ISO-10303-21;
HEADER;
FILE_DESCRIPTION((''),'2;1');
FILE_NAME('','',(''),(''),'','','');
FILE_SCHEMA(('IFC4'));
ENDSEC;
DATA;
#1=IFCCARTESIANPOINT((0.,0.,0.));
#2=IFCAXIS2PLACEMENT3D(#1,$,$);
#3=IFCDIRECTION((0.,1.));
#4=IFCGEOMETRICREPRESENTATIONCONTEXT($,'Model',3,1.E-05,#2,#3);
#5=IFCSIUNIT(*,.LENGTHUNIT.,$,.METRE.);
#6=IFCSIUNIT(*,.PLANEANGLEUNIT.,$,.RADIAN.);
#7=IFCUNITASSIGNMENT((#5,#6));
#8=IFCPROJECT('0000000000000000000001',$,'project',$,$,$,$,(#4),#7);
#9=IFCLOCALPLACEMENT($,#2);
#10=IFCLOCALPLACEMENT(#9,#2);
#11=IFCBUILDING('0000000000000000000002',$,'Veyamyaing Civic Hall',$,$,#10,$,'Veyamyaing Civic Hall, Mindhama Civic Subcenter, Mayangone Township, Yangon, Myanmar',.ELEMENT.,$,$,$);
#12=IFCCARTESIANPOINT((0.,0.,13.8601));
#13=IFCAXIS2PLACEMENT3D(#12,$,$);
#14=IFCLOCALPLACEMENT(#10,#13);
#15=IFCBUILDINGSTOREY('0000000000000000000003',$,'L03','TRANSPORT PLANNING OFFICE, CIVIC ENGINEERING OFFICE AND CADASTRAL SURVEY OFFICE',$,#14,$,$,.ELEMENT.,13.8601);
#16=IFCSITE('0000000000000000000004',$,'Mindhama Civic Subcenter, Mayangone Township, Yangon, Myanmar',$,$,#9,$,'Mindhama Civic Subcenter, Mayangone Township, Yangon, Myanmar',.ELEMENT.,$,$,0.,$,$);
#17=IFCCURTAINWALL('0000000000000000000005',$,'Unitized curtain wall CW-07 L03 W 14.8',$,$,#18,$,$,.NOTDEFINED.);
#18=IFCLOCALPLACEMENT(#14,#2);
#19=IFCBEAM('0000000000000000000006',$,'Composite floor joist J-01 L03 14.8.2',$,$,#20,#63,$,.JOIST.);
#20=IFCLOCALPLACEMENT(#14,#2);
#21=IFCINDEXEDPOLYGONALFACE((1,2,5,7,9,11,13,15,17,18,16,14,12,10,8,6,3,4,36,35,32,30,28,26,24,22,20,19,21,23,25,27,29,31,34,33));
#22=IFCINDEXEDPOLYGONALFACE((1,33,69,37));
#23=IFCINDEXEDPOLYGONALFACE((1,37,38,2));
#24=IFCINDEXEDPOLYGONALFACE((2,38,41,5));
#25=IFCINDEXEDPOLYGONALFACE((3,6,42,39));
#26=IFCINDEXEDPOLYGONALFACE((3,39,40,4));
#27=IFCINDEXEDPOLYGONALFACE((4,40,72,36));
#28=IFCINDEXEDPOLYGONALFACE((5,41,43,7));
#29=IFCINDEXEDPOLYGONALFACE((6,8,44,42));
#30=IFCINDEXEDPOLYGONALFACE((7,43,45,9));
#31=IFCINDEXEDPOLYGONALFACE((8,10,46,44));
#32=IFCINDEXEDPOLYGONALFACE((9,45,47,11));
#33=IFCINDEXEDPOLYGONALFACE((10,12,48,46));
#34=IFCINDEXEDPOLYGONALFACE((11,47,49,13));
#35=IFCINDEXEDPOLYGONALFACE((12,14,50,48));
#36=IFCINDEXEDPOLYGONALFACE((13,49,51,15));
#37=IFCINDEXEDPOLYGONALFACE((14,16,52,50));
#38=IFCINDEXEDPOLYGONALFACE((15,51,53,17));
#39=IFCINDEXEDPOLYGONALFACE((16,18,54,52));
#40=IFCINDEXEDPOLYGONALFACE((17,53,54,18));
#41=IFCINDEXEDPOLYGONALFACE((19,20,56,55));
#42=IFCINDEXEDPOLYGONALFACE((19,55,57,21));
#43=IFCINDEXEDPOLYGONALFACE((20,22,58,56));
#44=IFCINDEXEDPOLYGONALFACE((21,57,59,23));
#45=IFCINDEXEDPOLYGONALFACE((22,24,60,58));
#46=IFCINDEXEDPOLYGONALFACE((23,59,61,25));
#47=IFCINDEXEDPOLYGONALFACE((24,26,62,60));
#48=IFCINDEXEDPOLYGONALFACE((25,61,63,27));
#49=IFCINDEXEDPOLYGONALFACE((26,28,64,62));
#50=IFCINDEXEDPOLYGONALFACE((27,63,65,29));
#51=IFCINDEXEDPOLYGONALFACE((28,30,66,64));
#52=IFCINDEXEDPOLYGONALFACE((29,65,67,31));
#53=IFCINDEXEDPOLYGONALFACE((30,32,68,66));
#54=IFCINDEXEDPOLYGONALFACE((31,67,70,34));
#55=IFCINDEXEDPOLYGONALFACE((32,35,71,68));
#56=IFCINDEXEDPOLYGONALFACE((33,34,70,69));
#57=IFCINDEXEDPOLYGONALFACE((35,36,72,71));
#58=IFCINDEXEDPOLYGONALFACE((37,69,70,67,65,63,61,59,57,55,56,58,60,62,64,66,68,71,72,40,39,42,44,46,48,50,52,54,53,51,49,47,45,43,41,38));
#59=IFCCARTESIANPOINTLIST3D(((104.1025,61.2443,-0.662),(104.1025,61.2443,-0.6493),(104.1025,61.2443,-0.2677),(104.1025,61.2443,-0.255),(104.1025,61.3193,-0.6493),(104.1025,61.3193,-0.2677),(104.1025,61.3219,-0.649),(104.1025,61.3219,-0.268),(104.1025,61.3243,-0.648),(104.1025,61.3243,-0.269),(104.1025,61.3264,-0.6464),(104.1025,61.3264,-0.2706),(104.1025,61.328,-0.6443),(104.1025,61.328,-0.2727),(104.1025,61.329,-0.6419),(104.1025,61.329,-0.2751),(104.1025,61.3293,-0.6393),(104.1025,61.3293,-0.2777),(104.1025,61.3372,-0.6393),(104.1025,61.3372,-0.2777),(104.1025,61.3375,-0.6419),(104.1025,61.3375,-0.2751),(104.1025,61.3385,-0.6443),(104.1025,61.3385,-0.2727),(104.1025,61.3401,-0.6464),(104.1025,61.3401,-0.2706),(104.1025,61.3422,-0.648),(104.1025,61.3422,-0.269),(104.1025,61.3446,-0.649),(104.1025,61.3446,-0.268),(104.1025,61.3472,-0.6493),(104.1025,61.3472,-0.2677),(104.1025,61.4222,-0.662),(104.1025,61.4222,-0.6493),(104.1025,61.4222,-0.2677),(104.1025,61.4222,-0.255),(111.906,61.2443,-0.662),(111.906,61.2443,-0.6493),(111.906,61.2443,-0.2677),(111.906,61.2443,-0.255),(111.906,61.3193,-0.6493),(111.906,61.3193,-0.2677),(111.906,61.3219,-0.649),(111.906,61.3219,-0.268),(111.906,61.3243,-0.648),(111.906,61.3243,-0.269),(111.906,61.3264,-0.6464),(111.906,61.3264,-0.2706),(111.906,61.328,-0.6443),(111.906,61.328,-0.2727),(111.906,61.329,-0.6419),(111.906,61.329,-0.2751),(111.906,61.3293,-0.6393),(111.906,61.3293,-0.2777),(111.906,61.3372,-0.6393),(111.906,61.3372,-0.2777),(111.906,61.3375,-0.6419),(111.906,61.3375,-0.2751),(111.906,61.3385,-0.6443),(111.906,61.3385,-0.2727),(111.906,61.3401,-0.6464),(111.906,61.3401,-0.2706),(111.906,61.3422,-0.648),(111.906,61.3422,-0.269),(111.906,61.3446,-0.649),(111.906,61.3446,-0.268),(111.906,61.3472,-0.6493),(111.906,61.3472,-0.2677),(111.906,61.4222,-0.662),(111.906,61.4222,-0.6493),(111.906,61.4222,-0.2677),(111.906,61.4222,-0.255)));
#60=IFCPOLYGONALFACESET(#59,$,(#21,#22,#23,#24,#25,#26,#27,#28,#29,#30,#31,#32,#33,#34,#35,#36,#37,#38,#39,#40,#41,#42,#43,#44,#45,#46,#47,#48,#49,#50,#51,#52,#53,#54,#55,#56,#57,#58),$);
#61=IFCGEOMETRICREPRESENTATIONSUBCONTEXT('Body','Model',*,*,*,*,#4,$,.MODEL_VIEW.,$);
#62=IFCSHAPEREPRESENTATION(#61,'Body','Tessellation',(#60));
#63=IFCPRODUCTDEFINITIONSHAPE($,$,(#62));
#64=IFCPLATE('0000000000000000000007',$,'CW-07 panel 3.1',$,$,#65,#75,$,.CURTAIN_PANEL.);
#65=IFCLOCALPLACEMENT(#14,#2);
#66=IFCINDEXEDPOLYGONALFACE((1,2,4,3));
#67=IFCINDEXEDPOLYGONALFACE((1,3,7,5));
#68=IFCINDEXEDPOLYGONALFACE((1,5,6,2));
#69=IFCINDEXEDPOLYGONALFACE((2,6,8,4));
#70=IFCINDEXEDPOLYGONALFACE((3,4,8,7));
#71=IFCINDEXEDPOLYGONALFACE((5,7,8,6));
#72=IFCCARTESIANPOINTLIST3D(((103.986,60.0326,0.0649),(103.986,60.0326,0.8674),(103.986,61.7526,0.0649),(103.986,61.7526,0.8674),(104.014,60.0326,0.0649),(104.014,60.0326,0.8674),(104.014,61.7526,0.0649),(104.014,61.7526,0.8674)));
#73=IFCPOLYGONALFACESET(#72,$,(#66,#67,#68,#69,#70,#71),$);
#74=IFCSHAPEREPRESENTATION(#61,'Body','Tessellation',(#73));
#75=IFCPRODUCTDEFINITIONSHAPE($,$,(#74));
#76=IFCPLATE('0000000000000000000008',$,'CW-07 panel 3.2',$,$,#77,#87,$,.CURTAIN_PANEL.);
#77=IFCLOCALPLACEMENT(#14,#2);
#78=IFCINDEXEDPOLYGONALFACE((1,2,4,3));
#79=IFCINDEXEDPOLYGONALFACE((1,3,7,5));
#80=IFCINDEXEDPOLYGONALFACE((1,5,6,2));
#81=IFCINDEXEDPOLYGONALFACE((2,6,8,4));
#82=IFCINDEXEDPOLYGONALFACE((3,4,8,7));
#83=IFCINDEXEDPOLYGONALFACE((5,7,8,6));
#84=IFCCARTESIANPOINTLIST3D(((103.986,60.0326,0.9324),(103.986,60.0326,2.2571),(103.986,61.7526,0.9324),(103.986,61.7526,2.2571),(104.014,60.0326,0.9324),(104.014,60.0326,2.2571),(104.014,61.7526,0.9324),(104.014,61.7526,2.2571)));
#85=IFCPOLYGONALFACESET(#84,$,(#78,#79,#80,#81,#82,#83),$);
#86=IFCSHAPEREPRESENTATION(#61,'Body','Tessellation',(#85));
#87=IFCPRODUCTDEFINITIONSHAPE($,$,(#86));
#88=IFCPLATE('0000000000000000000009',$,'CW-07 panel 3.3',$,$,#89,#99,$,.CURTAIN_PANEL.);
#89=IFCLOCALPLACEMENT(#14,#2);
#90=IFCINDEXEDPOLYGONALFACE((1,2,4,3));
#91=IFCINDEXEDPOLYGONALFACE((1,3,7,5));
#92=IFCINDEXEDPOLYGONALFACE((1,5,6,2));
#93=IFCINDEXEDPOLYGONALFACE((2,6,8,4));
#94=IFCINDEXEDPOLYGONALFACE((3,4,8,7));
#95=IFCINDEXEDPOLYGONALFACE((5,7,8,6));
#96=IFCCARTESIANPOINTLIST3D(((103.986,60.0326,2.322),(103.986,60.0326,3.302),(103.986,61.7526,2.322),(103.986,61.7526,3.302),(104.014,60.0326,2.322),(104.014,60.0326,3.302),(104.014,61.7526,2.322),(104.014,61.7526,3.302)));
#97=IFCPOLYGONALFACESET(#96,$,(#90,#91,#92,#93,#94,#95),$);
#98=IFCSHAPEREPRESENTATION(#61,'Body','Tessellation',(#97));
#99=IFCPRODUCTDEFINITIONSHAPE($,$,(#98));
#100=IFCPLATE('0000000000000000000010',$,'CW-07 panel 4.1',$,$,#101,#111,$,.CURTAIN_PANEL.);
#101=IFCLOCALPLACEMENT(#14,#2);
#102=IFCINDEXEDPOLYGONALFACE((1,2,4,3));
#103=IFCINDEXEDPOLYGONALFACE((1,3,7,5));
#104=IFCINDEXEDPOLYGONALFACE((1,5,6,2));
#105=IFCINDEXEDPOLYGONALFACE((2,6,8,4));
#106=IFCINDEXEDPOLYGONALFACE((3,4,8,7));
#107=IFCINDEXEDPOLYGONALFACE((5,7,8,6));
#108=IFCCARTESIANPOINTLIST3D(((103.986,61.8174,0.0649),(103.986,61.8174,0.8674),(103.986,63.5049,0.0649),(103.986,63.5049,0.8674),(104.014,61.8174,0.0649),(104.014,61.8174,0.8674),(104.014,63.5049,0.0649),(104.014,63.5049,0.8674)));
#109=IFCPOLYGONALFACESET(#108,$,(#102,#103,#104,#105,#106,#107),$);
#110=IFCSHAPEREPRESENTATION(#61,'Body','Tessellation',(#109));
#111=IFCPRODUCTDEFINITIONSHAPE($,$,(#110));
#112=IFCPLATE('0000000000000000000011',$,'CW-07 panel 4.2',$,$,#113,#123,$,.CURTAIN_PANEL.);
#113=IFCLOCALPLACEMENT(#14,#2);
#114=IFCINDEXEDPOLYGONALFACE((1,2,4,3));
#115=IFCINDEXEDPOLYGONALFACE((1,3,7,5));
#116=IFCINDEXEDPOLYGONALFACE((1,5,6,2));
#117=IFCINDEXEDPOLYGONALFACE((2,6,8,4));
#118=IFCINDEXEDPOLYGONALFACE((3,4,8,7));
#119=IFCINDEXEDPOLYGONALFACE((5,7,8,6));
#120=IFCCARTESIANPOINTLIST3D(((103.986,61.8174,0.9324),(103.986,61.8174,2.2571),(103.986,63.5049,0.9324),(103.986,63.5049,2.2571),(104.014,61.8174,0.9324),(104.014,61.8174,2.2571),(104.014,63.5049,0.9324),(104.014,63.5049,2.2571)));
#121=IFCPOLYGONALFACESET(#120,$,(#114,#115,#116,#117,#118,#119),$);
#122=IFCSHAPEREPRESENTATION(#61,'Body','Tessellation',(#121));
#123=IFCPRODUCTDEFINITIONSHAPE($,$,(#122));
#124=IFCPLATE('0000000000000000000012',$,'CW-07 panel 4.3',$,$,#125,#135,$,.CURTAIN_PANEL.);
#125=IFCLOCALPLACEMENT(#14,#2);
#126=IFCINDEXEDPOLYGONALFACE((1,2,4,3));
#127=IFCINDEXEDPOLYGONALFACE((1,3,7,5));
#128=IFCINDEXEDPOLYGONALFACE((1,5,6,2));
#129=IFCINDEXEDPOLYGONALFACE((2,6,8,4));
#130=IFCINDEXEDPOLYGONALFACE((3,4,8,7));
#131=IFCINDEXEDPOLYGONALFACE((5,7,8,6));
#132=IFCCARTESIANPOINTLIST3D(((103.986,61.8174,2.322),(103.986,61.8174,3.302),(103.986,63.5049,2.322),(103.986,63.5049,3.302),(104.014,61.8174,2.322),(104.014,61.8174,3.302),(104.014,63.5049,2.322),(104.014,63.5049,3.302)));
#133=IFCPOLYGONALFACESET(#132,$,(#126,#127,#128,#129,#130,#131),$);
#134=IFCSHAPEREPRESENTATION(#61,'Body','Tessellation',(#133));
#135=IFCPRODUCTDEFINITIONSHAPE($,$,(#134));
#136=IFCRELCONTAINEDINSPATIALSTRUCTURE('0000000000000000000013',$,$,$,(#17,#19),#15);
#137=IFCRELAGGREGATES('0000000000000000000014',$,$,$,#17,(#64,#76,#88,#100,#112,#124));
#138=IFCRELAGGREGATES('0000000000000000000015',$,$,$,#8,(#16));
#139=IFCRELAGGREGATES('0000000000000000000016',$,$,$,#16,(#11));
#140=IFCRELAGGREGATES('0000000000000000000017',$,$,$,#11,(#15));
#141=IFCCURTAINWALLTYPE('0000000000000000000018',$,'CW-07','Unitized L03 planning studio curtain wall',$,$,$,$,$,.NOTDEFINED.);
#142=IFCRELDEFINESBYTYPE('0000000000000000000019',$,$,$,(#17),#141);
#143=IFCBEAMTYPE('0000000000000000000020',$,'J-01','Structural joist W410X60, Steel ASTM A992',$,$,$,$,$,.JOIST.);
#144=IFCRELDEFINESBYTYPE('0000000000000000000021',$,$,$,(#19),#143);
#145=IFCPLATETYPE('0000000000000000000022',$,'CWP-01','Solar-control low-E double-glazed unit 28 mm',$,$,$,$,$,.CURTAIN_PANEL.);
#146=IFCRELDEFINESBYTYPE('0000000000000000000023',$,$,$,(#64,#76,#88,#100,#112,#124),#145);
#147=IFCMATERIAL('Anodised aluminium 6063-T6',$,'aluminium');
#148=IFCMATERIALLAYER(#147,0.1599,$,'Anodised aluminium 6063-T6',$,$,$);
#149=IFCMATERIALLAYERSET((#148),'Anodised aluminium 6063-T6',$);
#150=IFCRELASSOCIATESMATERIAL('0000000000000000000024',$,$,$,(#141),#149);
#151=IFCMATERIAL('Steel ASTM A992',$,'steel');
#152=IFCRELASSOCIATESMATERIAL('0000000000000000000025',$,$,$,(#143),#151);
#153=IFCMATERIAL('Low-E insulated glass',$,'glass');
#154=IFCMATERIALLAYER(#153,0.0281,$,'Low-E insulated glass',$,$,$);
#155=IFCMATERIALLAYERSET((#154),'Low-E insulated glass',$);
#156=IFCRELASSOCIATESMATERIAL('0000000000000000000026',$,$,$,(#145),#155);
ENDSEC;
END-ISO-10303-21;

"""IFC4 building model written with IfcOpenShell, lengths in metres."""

from ifc_helpers import new_model, si_unit, direction, frame, origin, origin_2d, place, context, subcontext, project, spatial, rectangle, i_section, extrude, material, layer, layer_set, material_profile, profile_set, type_object, element, aggregate, save


model = new_model("IFC4")

# Units and contexts
model_context = context("Model", 3, precision=1e-05, world=origin(), true_north=direction((0.0, 1.0)))
body_context = subcontext(model_context, "Body", "Model", "MODEL_VIEW")
ifc_project = project(units=[si_unit("LENGTHUNIT", "METRE"), si_unit("PLANEANGLEUNIT", "RADIAN")], contexts=[model_context])

# Site, building, storey
site_placement = place(None, origin())
site = spatial("IfcSite", under=ifc_project, at=site_placement, Name="Mindhama Civic Subcenter, Mayangone Township, Yangon, Myanmar", LongName="Mindhama Civic Subcenter, Mayangone Township, Yangon, Myanmar", CompositionType="ELEMENT", RefElevation=0.0)
building_placement = place(site_placement, origin())
building = spatial("IfcBuilding", under=site, at=building_placement, Name="Veyamyaing Civic Hall", LongName="Veyamyaing Civic Hall, Mindhama Civic Subcenter, Mayangone Township, Yangon, Myanmar", CompositionType="ELEMENT")
storey_placement = place(building_placement, frame((0.0, 0.0, 13.8601)))
storey = spatial("IfcBuildingStorey", under=building, at=storey_placement, Name="L03", Description="TRANSPORT PLANNING OFFICE, CIVIC ENGINEERING OFFICE AND CADASTRAL SURVEY OFFICE", CompositionType="ELEMENT", Elevation=13.8601)

# Curtain wall
ifc_material_1 = material(Name="Anodised aluminium 6063-T6", Category="aluminium")
ifc_layer_1 = layer(ifc_material_1, 0.1599, Name="Anodised aluminium 6063-T6")
ifc_layer_set_1 = layer_set([ifc_layer_1], Name="Anodised aluminium 6063-T6")
curtain_wall_type = type_object("IfcCurtainWallType", Name="CW-07", Description="Unitized L03 planning studio curtain wall", PredefinedType="NOTDEFINED", material=ifc_layer_set_1)
curtain_wall_placement = place(storey_placement, origin())
curtain_wall = element("IfcCurtainWall", 1, at=curtain_wall_placement, inside=storey, type_object=curtain_wall_type, Name="Unitized curtain wall CW-07 L03 W 14.8", PredefinedType="NOTDEFINED")

# Beam
ifc_material_2 = material(Name="Steel ASTM A992", Category="steel")
ifc_material_profile_1 = material_profile(ifc_material_2, i_section(OverallWidth=0.178, OverallDepth=0.407, WebThickness=0.0078, FlangeThickness=0.0127, FilletRadius=0.01, at=origin_2d()), Name="W410X60")
ifc_profile_set_1 = profile_set([ifc_material_profile_1], Name="Steel ASTM A992")
beam_type = type_object("IfcBeamType", Name="J-01", Description="Structural joist W410X60, Steel ASTM A992", PredefinedType="JOIST", material=ifc_profile_set_1)
beam_placement = place(storey_placement, frame((104.1025, 61.3333, -0.4585), z_axis=(1.0, 0.0, 0.0), x_axis=(0.0, 1.0, 0.0)))
element("IfcBeam", 2, at=beam_placement, inside=storey, type_object=beam_type, Name="Composite floor joist J-01 L03 14.8.2", PredefinedType="JOIST", context=body_context, shape_type="SweptSolid", body=[
    extrude(i_section(OverallWidth=0.178, OverallDepth=0.407, WebThickness=0.0078, FlangeThickness=0.0127, FilletRadius=0.01, at=origin_2d()), origin(), (0.0, 0.0, 1.0), 7.8035),
])

# Plates
ifc_material_3 = material(Name="Low-E insulated glass", Category="glass")
ifc_layer_2 = layer(ifc_material_3, 0.0281, Name="Low-E insulated glass")
ifc_layer_set_2 = layer_set([ifc_layer_2], Name="Low-E insulated glass")
plate_type = type_object("IfcPlateType", Name="CWP-01", Description="Solar-control low-E double-glazed unit 28 mm", PredefinedType="CURTAIN_PANEL", material=ifc_layer_set_2)
plate_1_placement = place(storey_placement, frame((104.0, 60.8926, 0.0649), z_axis=(0.0, 0.0, 1.0), x_axis=(0.0, 1.0, 0.0)))
plate_1 = element("IfcPlate", 3, at=plate_1_placement, type_object=plate_type, Name="CW-07 panel 3.1", PredefinedType="CURTAIN_PANEL", context=body_context, shape_type="SweptSolid", body=[
    extrude(rectangle(XDim=1.72, YDim=0.0281, at=origin_2d()), origin(), (0.0, 0.0, 1.0), 0.8025),
])
plate_2_placement = place(storey_placement, frame((104.0, 60.8926, 0.9324), z_axis=(0.0, 0.0, 1.0), x_axis=(0.0, 1.0, 0.0)))
plate_2 = element("IfcPlate", 4, at=plate_2_placement, type_object=plate_type, Name="CW-07 panel 3.2", PredefinedType="CURTAIN_PANEL", context=body_context, shape_type="SweptSolid", body=[
    extrude(rectangle(XDim=1.72, YDim=0.0281, at=origin_2d()), origin(), (0.0, 0.0, 1.0), 1.3247),
])
plate_3_placement = place(storey_placement, frame((104.0, 60.8926, 2.322), z_axis=(0.0, 0.0, 1.0), x_axis=(0.0, 1.0, 0.0)))
plate_3 = element("IfcPlate", 5, at=plate_3_placement, type_object=plate_type, Name="CW-07 panel 3.3", PredefinedType="CURTAIN_PANEL", context=body_context, shape_type="SweptSolid", body=[
    extrude(rectangle(XDim=1.72, YDim=0.0281, at=origin_2d()), origin(), (0.0, 0.0, 1.0), 0.98),
])
plate_4_placement = place(storey_placement, frame((104.0, 62.6611, 0.0649), z_axis=(0.0, 0.0, 1.0), x_axis=(0.0, 1.0, 0.0)))
plate_4 = element("IfcPlate", 6, at=plate_4_placement, type_object=plate_type, Name="CW-07 panel 4.1", PredefinedType="CURTAIN_PANEL", context=body_context, shape_type="SweptSolid", body=[
    extrude(rectangle(XDim=1.6875, YDim=0.0281, at=origin_2d()), origin(), (0.0, 0.0, 1.0), 0.8025),
])
plate_5_placement = place(storey_placement, frame((104.0, 62.6611, 0.9324), z_axis=(0.0, 0.0, 1.0), x_axis=(0.0, 1.0, 0.0)))
plate_5 = element("IfcPlate", 7, at=plate_5_placement, type_object=plate_type, Name="CW-07 panel 4.2", PredefinedType="CURTAIN_PANEL", context=body_context, shape_type="SweptSolid", body=[
    extrude(rectangle(XDim=1.6875, YDim=0.0281, at=origin_2d()), origin(), (0.0, 0.0, 1.0), 1.3247),
])
plate_6_placement = place(storey_placement, frame((104.0, 62.6611, 2.322), z_axis=(0.0, 0.0, 1.0), x_axis=(0.0, 1.0, 0.0)))
plate_6 = element("IfcPlate", 8, at=plate_6_placement, type_object=plate_type, Name="CW-07 panel 4.3", PredefinedType="CURTAIN_PANEL", context=body_context, shape_type="SweptSolid", body=[
    extrude(rectangle(XDim=1.6875, YDim=0.0281, at=origin_2d()), origin(), (0.0, 0.0, 1.0), 0.98),
])
aggregate(curtain_wall, [plate_1, plate_2, plate_3, plate_4, plate_5, plate_6])

save(model, "model.ifc")
